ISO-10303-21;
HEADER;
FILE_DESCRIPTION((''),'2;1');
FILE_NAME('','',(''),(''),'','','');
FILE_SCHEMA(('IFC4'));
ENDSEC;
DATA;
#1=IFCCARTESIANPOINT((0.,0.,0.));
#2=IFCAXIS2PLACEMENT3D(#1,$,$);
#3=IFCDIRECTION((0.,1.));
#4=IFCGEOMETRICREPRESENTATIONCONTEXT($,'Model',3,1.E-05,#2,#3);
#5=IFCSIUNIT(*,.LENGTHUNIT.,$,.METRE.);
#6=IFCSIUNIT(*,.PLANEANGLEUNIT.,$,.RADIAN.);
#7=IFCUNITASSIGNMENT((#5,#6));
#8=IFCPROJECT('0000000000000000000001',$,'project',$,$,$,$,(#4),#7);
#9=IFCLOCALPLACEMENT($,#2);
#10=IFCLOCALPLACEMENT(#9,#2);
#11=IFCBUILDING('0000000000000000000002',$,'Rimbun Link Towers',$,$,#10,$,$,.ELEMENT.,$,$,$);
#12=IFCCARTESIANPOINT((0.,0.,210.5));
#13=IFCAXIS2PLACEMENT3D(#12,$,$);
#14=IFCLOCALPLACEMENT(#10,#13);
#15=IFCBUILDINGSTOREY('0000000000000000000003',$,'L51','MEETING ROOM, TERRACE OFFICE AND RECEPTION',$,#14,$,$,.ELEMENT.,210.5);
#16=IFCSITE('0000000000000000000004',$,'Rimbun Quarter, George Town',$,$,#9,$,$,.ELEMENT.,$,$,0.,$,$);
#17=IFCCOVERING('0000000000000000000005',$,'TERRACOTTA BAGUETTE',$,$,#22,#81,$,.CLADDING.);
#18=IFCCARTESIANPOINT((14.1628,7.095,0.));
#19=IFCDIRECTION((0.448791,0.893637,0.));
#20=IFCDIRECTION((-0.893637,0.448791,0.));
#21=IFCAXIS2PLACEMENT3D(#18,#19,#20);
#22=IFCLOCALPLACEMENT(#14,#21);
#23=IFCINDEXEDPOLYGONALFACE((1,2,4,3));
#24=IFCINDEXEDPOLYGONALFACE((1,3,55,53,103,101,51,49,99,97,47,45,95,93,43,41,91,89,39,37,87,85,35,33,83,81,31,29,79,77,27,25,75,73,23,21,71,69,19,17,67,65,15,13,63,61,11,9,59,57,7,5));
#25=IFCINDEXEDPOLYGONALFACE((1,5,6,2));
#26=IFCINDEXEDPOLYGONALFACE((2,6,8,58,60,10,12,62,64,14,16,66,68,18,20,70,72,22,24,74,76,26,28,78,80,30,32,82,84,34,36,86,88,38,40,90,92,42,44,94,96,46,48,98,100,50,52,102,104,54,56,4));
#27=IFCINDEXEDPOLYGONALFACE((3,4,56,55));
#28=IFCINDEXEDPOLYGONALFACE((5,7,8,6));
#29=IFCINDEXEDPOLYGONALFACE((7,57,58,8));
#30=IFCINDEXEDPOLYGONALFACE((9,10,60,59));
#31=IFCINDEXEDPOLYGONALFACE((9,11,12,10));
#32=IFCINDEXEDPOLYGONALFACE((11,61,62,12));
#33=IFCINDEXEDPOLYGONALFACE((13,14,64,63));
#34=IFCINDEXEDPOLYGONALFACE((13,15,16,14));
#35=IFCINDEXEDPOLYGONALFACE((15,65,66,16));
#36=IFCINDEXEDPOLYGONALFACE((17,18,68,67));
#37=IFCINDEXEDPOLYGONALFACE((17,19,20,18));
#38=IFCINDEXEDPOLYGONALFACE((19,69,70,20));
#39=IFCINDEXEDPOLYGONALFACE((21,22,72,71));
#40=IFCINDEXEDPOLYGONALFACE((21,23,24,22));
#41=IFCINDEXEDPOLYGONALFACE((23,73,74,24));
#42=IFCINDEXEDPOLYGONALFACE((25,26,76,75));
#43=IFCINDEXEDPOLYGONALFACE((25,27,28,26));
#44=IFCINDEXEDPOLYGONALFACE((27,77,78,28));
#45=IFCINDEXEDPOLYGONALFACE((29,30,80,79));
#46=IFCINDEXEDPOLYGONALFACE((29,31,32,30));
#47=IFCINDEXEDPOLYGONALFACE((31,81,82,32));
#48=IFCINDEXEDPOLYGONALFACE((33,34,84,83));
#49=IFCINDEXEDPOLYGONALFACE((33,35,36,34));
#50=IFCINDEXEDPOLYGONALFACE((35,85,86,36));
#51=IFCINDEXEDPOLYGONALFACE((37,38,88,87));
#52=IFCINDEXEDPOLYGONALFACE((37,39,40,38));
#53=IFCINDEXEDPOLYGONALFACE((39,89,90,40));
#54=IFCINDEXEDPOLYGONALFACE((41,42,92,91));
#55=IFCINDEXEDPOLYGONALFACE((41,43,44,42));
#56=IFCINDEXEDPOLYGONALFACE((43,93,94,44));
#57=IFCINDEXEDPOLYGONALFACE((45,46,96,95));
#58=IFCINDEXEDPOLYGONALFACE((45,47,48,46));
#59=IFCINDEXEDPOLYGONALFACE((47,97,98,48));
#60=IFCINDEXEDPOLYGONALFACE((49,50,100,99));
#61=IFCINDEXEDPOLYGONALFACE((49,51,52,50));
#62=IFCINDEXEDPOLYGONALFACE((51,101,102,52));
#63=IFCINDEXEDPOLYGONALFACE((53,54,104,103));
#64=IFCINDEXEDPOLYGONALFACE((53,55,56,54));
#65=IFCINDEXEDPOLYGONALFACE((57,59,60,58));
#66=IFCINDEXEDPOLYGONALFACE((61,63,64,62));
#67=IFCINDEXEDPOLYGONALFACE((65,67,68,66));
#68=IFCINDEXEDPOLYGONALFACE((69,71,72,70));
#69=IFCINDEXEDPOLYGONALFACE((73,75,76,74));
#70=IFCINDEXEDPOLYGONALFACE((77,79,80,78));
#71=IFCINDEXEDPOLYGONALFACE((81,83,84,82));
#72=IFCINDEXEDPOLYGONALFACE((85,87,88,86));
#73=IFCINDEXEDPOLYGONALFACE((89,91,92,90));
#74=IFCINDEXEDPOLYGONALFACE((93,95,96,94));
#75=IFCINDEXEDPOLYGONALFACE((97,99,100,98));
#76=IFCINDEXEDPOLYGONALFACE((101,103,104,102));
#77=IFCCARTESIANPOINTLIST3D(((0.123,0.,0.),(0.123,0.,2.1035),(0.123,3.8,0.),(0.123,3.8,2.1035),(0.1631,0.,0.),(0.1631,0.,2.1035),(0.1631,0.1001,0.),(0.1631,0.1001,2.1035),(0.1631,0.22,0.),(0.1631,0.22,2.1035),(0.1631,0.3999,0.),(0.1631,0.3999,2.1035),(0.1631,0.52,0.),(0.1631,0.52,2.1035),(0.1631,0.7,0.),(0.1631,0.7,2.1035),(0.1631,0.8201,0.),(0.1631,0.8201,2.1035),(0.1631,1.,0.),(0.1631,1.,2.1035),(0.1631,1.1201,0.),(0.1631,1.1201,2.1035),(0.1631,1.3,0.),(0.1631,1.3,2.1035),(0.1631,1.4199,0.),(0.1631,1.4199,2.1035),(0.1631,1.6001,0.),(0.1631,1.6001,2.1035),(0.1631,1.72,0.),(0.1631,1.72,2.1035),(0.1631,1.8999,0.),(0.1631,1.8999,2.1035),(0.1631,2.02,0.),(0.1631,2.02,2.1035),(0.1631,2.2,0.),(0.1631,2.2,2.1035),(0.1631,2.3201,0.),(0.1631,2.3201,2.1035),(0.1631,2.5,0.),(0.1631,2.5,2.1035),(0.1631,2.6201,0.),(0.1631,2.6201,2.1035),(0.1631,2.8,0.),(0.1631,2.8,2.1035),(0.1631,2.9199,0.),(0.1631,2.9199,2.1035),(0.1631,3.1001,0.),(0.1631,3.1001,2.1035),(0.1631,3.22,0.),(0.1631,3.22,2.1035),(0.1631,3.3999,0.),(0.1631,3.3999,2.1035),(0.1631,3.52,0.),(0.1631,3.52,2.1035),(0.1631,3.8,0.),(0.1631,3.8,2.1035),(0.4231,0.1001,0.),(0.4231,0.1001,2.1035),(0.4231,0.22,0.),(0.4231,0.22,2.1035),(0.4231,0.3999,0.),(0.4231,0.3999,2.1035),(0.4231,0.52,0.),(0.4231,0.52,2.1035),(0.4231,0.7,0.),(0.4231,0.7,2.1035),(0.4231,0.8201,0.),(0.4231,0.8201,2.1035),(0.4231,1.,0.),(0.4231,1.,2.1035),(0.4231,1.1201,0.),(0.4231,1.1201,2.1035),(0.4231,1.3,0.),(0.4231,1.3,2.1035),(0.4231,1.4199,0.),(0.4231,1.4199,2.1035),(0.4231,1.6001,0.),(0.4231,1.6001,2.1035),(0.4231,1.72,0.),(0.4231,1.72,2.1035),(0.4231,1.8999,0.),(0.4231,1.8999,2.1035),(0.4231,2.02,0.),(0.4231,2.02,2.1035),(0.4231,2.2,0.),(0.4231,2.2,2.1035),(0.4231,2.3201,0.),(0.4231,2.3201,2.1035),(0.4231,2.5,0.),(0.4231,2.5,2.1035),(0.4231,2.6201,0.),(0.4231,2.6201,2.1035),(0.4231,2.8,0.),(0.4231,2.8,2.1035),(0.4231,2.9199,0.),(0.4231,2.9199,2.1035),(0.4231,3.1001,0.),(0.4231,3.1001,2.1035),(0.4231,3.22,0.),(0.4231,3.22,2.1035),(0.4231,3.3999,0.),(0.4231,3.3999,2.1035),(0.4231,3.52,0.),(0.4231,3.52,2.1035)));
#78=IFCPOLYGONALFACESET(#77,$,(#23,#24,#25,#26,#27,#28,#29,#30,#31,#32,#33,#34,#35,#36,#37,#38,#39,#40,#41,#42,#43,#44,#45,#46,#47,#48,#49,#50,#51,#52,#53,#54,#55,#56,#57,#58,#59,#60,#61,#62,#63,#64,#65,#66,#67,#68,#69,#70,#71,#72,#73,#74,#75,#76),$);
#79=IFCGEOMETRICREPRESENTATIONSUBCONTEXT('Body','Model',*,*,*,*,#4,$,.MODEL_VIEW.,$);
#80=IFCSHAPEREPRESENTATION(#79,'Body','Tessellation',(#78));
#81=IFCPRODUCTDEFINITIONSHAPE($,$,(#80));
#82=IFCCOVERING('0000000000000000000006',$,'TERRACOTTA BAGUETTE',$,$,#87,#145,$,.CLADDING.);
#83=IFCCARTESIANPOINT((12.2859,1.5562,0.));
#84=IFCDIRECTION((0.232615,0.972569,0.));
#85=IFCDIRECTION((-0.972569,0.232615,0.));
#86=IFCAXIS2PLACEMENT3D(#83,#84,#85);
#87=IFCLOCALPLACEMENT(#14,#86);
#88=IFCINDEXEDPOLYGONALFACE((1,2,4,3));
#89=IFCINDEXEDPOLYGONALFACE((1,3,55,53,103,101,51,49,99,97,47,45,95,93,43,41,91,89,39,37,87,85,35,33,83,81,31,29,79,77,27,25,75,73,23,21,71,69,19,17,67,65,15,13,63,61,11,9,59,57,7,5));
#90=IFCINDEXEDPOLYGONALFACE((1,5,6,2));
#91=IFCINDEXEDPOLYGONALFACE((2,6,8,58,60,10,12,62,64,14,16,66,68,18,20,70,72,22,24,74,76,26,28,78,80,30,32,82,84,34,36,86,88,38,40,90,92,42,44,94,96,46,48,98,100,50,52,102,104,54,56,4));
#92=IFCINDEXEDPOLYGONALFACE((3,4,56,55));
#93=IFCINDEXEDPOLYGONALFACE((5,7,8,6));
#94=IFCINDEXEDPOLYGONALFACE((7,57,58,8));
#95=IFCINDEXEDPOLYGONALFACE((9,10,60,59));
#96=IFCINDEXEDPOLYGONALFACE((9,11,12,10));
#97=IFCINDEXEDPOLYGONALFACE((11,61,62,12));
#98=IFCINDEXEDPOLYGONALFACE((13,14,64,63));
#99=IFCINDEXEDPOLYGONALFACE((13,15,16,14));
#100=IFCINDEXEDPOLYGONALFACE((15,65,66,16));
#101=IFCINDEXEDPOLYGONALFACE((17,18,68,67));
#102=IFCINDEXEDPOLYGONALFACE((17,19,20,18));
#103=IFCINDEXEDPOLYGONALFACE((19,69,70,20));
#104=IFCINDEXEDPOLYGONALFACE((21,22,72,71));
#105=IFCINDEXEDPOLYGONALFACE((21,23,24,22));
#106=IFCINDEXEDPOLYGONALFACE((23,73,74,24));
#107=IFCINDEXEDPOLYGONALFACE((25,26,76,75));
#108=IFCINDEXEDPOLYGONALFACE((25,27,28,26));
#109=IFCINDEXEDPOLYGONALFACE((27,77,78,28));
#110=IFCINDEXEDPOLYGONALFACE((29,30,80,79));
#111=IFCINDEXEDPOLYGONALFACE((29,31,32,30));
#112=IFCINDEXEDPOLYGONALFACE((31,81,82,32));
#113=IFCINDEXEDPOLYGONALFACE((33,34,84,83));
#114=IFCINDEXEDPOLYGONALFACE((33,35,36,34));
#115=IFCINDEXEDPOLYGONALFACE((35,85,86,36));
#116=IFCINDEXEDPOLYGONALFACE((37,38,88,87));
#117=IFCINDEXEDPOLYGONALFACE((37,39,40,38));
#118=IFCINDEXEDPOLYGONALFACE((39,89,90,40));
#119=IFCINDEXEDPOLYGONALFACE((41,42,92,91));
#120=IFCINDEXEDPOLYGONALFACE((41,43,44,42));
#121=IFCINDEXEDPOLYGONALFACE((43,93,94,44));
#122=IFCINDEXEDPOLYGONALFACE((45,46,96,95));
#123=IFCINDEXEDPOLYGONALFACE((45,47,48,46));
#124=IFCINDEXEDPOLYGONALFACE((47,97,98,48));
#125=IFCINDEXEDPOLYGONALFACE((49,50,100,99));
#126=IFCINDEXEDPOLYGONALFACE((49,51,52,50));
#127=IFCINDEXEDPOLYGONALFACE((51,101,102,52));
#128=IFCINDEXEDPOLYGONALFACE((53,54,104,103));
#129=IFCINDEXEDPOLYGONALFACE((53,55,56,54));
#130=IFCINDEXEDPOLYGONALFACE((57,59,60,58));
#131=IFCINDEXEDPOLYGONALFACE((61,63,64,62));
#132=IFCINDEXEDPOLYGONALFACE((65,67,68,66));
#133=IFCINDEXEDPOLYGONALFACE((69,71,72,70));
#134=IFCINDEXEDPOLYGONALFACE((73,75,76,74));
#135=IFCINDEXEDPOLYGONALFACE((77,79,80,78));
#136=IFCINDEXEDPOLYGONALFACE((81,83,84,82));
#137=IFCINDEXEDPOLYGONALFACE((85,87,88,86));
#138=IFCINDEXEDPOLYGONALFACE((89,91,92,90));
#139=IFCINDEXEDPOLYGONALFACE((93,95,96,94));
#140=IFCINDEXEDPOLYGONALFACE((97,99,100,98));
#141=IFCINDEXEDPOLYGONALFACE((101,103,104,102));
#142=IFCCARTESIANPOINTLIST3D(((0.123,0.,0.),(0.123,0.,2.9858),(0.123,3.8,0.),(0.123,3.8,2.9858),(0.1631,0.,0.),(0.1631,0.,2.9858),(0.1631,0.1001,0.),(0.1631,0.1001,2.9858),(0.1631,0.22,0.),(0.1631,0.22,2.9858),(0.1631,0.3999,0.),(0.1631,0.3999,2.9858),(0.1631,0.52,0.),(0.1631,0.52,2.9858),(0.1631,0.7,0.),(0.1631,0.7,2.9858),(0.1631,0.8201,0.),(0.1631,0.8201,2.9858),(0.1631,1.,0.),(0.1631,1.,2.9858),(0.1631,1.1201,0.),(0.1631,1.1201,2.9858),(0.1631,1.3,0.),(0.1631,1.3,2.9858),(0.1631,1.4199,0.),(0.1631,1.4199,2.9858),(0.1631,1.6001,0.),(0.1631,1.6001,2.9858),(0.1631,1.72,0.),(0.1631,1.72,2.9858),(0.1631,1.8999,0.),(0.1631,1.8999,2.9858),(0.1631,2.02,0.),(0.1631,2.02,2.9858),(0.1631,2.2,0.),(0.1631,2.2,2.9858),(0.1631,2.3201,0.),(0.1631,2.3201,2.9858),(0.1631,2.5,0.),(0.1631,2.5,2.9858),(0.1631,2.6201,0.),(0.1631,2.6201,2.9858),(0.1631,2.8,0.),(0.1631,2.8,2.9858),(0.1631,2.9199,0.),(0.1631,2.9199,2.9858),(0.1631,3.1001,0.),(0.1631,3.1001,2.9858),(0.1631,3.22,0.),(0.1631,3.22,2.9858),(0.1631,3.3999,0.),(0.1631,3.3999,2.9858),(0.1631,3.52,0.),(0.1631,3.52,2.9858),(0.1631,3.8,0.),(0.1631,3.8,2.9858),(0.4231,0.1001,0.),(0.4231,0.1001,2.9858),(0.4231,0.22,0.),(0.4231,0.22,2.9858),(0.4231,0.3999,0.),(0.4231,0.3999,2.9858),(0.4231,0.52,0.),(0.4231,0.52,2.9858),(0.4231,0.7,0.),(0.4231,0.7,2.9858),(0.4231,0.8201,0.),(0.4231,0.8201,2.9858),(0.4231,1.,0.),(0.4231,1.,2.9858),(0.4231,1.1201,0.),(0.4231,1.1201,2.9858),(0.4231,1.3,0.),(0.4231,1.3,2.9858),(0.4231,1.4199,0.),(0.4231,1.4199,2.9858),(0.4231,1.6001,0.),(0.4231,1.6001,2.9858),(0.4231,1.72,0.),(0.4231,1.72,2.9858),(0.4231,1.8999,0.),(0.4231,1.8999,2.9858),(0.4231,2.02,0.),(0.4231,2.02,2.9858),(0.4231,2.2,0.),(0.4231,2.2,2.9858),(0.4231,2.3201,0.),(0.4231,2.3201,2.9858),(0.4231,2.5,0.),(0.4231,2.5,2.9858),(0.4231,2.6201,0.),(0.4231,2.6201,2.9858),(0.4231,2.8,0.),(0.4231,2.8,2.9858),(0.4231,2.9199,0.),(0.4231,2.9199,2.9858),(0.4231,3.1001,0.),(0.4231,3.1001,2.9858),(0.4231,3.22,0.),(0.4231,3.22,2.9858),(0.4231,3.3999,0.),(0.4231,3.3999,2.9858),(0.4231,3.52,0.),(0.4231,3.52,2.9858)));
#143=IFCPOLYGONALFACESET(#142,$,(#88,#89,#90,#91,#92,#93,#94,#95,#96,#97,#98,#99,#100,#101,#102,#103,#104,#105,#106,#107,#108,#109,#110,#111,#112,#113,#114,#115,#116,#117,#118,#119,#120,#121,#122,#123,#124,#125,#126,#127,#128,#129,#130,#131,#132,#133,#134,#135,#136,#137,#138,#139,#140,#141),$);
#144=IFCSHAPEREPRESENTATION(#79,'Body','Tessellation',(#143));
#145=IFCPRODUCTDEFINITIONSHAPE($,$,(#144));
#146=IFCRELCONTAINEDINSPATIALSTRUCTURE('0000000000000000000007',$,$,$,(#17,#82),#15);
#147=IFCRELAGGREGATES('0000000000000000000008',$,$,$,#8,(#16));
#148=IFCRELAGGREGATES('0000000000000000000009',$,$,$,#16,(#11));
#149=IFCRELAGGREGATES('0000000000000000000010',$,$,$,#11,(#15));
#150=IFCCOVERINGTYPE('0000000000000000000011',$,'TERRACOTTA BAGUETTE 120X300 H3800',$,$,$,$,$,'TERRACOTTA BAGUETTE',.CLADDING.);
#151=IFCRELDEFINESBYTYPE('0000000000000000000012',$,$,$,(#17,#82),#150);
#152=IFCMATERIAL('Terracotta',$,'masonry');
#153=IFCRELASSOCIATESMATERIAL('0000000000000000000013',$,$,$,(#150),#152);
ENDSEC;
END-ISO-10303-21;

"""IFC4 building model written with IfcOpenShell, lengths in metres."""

from ifc_helpers import new_model, si_unit, direction, frame, origin, place, context, subcontext, project, spatial, polyline, outline, extrude, material, material_profile, profile_set, type_object, element, save


model = new_model("IFC4")

# Units and contexts
model_context = context("Model", 3, precision=1e-05, world=origin(), true_north=direction((0.0, 1.0)))
body_context = subcontext(model_context, "Body", "Model", "MODEL_VIEW")
ifc_project = project(units=[si_unit("LENGTHUNIT", "METRE"), si_unit("PLANEANGLEUNIT", "RADIAN")], contexts=[model_context])

# Site, building, storey
site_placement = place(None, origin())
site = spatial("IfcSite", under=ifc_project, at=site_placement, Name="Rimbun Quarter, George Town", CompositionType="ELEMENT", RefElevation=0.0)
building_placement = place(site_placement, origin())
building = spatial("IfcBuilding", under=site, at=building_placement, Name="Rimbun Link Towers", CompositionType="ELEMENT")
storey_placement = place(building_placement, frame((0.0, 0.0, 210.5)))
storey = spatial("IfcBuildingStorey", under=building, at=storey_placement, Name="L51", Description="MEETING ROOM, TERRACE OFFICE AND RECEPTION", CompositionType="ELEMENT", Elevation=210.5)

# Coverings
ifc_material_1 = material(Name="Terracotta", Category="masonry")
ifc_material_profile_1 = material_profile(ifc_material_1, outline(polyline([(0.123, 0.0), (0.1631, 0.0), (0.1631, 0.1001), (0.4231, 0.1001), (0.4231, 0.22), (0.1631, 0.22), (0.1631, 0.3999), (0.4231, 0.3999), (0.4231, 0.52), (0.1631, 0.52), (0.1631, 0.7), (0.4231, 0.7), (0.4231, 0.8201), (0.1631, 0.8201), (0.1631, 1.0), (0.4231, 1.0), (0.4231, 1.1201), (0.1631, 1.1201), (0.1631, 1.3), (0.4231, 1.3), (0.4231, 1.4199), (0.1631, 1.4199), (0.1631, 1.6001), (0.4231, 1.6001), (0.4231, 1.72), (0.1631, 1.72), (0.1631, 1.8999), (0.4231, 1.8999), (0.4231, 2.02), (0.1631, 2.02), (0.1631, 2.2), (0.4231, 2.2), (0.4231, 2.3201), (0.1631, 2.3201), (0.1631, 2.5), (0.4231, 2.5), (0.4231, 2.6201), (0.1631, 2.6201), (0.1631, 2.8), (0.4231, 2.8), (0.4231, 2.9199), (0.1631, 2.9199), (0.1631, 3.1001), (0.4231, 3.1001), (0.4231, 3.22), (0.1631, 3.22), (0.1631, 3.3999), (0.4231, 3.3999), (0.4231, 3.52), (0.1631, 3.52), (0.1631, 3.8), (0.123, 3.8), (0.123, 0.0)])), Name="BAGUETTE 120X300")
ifc_profile_set_1 = profile_set([ifc_material_profile_1], Name="Terracotta")
covering_type_1 = type_object("IfcCoveringType", Name="TERRACOTTA BAGUETTE 120X300 H3800", ElementType="TERRACOTTA BAGUETTE", PredefinedType="CLADDING", material=ifc_profile_set_1)
covering_1_placement = place(storey_placement, frame((14.1628, 7.095, 0.0), z_axis=(0.448791, 0.893637, 0.0), x_axis=(-0.893637, 0.448791, 0.0)))
element("IfcCovering", 1, at=covering_1_placement, inside=storey, type_object=covering_type_1, Name="TERRACOTTA BAGUETTE", PredefinedType="CLADDING", context=body_context, shape_type="SweptSolid", body=[
    extrude(outline(polyline([(0.123, 0.0), (0.1631, 0.0), (0.1631, 0.1001), (0.4231, 0.1001), (0.4231, 0.22), (0.1631, 0.22), (0.1631, 0.3999), (0.4231, 0.3999), (0.4231, 0.52), (0.1631, 0.52), (0.1631, 0.7), (0.4231, 0.7), (0.4231, 0.8201), (0.1631, 0.8201), (0.1631, 1.0), (0.4231, 1.0), (0.4231, 1.1201), (0.1631, 1.1201), (0.1631, 1.3), (0.4231, 1.3), (0.4231, 1.4199), (0.1631, 1.4199), (0.1631, 1.6001), (0.4231, 1.6001), (0.4231, 1.72), (0.1631, 1.72), (0.1631, 1.8999), (0.4231, 1.8999), (0.4231, 2.02), (0.1631, 2.02), (0.1631, 2.2), (0.4231, 2.2), (0.4231, 2.3201), (0.1631, 2.3201), (0.1631, 2.5), (0.4231, 2.5), (0.4231, 2.6201), (0.1631, 2.6201), (0.1631, 2.8), (0.4231, 2.8), (0.4231, 2.9199), (0.1631, 2.9199), (0.1631, 3.1001), (0.4231, 3.1001), (0.4231, 3.22), (0.1631, 3.22), (0.1631, 3.3999), (0.4231, 3.3999), (0.4231, 3.52), (0.1631, 3.52), (0.1631, 3.8), (0.123, 3.8), (0.123, 0.0)])), origin(), (0.0, 0.0, 1.0), 2.1035),
])
covering_2_placement = place(storey_placement, frame((12.2859, 1.5562, 0.0), z_axis=(0.232615, 0.972569, 0.0), x_axis=(-0.972569, 0.232615, 0.0)))
element("IfcCovering", 2, at=covering_2_placement, inside=storey, type_object=covering_type_1, Name="TERRACOTTA BAGUETTE", PredefinedType="CLADDING", context=body_context, shape_type="SweptSolid", body=[
    extrude(outline(polyline([(0.123, 0.0), (0.1631, 0.0), (0.1631, 0.1001), (0.4231, 0.1001), (0.4231, 0.22), (0.1631, 0.22), (0.1631, 0.3999), (0.4231, 0.3999), (0.4231, 0.52), (0.1631, 0.52), (0.1631, 0.7), (0.4231, 0.7), (0.4231, 0.8201), (0.1631, 0.8201), (0.1631, 1.0), (0.4231, 1.0), (0.4231, 1.1201), (0.1631, 1.1201), (0.1631, 1.3), (0.4231, 1.3), (0.4231, 1.4199), (0.1631, 1.4199), (0.1631, 1.6001), (0.4231, 1.6001), (0.4231, 1.72), (0.1631, 1.72), (0.1631, 1.8999), (0.4231, 1.8999), (0.4231, 2.02), (0.1631, 2.02), (0.1631, 2.2), (0.4231, 2.2), (0.4231, 2.3201), (0.1631, 2.3201), (0.1631, 2.5), (0.4231, 2.5), (0.4231, 2.6201), (0.1631, 2.6201), (0.1631, 2.8), (0.4231, 2.8), (0.4231, 2.9199), (0.1631, 2.9199), (0.1631, 3.1001), (0.4231, 3.1001), (0.4231, 3.22), (0.1631, 3.22), (0.1631, 3.3999), (0.4231, 3.3999), (0.4231, 3.52), (0.1631, 3.52), (0.1631, 3.8), (0.123, 3.8), (0.123, 0.0)])), origin(), (0.0, 0.0, 1.0), 2.9858),
])

save(model, "model.ifc")
